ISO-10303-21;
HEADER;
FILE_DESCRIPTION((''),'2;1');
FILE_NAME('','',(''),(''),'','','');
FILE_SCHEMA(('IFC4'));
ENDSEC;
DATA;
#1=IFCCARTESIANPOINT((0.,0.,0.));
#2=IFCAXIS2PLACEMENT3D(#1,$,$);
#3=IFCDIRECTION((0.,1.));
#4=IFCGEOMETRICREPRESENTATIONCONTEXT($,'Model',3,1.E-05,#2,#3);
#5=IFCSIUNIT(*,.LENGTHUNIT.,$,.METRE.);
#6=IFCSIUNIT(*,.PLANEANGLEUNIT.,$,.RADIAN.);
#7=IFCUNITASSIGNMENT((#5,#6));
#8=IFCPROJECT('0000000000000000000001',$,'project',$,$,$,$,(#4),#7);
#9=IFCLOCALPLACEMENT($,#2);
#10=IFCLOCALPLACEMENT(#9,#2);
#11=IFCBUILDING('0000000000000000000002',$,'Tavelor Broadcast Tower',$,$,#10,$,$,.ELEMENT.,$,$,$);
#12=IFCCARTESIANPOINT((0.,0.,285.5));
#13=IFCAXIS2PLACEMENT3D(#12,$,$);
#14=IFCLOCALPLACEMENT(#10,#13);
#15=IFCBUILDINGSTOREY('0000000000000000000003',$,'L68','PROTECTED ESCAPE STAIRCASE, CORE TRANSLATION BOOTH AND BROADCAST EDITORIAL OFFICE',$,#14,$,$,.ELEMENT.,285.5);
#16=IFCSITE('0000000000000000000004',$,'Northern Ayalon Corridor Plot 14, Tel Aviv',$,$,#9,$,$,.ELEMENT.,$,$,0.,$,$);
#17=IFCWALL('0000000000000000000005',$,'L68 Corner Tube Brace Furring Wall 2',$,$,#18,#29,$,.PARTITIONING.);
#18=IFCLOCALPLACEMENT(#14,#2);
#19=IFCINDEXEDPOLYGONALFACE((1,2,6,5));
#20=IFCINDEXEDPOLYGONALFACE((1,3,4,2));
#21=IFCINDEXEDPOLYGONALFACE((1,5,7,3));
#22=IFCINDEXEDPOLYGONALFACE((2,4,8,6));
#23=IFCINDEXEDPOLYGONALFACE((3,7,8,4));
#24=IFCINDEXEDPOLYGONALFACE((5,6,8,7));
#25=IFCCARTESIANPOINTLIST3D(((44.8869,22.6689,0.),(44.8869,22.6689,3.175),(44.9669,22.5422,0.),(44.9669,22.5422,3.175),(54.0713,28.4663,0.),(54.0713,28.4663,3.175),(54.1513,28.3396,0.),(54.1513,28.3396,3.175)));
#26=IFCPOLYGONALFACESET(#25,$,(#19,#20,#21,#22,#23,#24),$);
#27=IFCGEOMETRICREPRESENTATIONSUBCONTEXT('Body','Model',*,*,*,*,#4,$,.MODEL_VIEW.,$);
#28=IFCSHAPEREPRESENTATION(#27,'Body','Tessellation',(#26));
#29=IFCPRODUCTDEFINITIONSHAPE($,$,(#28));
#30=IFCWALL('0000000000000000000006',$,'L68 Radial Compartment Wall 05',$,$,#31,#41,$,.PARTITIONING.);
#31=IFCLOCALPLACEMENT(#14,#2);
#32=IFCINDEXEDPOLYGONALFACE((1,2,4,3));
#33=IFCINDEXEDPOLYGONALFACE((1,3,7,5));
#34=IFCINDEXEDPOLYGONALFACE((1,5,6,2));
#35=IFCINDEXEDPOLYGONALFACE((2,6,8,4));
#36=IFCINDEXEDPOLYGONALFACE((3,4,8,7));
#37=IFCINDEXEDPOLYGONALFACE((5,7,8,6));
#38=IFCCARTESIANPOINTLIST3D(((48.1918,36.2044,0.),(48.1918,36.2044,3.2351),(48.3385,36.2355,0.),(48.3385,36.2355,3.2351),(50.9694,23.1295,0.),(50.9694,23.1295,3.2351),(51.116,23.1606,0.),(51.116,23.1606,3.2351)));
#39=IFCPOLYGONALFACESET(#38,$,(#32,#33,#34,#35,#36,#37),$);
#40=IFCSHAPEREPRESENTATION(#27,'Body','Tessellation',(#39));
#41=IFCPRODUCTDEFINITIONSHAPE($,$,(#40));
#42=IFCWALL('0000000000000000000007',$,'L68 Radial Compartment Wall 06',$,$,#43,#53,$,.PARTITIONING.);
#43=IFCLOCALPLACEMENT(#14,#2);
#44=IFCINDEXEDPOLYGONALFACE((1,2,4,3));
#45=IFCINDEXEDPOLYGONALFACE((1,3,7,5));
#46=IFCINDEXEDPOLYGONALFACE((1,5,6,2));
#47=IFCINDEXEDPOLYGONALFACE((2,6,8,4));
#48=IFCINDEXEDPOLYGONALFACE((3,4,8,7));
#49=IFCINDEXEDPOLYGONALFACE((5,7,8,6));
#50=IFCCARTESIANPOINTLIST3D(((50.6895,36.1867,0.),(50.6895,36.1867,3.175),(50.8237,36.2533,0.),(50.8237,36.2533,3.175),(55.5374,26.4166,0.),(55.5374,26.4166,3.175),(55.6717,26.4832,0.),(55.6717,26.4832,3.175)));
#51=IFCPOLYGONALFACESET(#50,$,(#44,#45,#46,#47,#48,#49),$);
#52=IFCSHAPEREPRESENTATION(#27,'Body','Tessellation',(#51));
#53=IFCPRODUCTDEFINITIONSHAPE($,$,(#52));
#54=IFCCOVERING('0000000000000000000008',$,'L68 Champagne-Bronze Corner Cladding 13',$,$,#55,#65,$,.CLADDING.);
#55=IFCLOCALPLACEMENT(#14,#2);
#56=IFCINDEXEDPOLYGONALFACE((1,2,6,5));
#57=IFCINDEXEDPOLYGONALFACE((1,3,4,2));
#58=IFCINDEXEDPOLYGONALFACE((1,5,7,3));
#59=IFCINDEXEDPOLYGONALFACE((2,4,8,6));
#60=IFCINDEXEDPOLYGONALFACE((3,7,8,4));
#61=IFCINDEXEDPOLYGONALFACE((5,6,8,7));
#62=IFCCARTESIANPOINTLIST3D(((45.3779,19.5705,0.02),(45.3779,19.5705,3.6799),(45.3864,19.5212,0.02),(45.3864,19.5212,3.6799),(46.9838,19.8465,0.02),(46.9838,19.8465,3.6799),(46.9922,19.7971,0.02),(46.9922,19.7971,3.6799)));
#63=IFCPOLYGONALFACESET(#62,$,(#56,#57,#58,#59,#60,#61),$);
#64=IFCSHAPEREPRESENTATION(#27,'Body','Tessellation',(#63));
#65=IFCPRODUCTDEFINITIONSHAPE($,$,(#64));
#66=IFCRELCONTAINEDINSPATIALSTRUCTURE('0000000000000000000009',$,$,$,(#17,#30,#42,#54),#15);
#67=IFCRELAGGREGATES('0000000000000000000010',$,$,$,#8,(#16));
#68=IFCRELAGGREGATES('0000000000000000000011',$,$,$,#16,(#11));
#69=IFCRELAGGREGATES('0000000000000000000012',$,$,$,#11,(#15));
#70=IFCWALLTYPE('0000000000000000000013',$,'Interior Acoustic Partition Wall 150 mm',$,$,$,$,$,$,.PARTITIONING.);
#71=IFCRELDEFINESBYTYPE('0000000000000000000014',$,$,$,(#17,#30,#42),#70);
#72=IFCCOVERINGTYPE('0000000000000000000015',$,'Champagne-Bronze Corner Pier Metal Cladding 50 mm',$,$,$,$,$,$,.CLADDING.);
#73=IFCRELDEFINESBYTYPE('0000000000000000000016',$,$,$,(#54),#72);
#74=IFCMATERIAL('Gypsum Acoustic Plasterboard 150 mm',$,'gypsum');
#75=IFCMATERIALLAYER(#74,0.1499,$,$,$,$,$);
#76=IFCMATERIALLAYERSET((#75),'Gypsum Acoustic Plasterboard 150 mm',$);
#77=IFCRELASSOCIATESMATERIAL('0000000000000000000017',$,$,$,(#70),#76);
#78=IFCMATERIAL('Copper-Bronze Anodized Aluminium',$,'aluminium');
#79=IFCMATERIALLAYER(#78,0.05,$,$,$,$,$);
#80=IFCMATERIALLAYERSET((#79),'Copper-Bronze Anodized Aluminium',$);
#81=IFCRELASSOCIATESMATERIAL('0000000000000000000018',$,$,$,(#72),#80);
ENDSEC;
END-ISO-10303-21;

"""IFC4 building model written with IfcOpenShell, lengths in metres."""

from ifc_helpers import new_model, si_unit, direction, frame, frame_2d, origin, origin_2d, place, context, subcontext, project, spatial, rectangle, extrude, material, layer, layer_set, type_object, element, save


model = new_model("IFC4")

# Units and contexts
model_context = context("Model", 3, precision=1e-05, world=origin(), true_north=direction((0.0, 1.0)))
body_context = subcontext(model_context, "Body", "Model", "MODEL_VIEW")
ifc_project = project(units=[si_unit("LENGTHUNIT", "METRE"), si_unit("PLANEANGLEUNIT", "RADIAN")], contexts=[model_context])

# Site, building, storey
site_placement = place(None, origin())
site = spatial("IfcSite", under=ifc_project, at=site_placement, Name="Northern Ayalon Corridor Plot 14, Tel Aviv", CompositionType="ELEMENT", RefElevation=0.0)
building_placement = place(site_placement, origin())
building = spatial("IfcBuilding", under=site, at=building_placement, Name="Tavelor Broadcast Tower", CompositionType="ELEMENT")
storey_placement = place(building_placement, frame((0.0, 0.0, 285.5)))
storey = spatial("IfcBuildingStorey", under=building, at=storey_placement, Name="L68", Description="PROTECTED ESCAPE STAIRCASE, CORE TRANSLATION BOOTH AND BROADCAST EDITORIAL OFFICE", CompositionType="ELEMENT", Elevation=285.5)

# Walls
ifc_material_1 = material(Name="Gypsum Acoustic Plasterboard 150 mm", Category="gypsum")
ifc_layer_1 = layer(ifc_material_1, 0.1499)
ifc_layer_set_1 = layer_set([ifc_layer_1], Name="Gypsum Acoustic Plasterboard 150 mm")
wall_type_1 = type_object("IfcWallType", Name="Interior Acoustic Partition Wall 150 mm", PredefinedType="PARTITIONING", material=ifc_layer_set_1)
wall_1_placement = place(storey_placement, frame((44.9268, 22.6055, 0.0), z_axis=(0.0, 0.0, 1.0), x_axis=(0.845625, 0.533778, 0.0)))
element("IfcWall", 1, at=wall_1_placement, inside=storey, type_object=wall_type_1, Name="L68 Corner Tube Brace Furring Wall 2", PredefinedType="PARTITIONING", context=body_context, shape_type="SweptSolid", body=[
    extrude(rectangle(XDim=10.8611, YDim=0.1499, at=frame_2d((5.4307, 0.0))), origin(), (0.0, 0.0, 1.0), 3.175),
])
wall_2_placement = place(storey_placement, frame((48.2651, 36.22, 0.0), z_axis=(0.0, 0.0, 1.0), x_axis=(0.207799, -0.978172, 0.0)))
element("IfcWall", 2, at=wall_2_placement, inside=storey, type_object=wall_type_1, Name="L68 Radial Compartment Wall 05", PredefinedType="PARTITIONING", context=body_context, shape_type="SweptSolid", body=[
    extrude(rectangle(XDim=13.3667, YDim=0.1499, at=frame_2d((6.6833, 0.0))), origin(), (0.0, 0.0, 1.0), 3.2351),
])
wall_3_placement = place(storey_placement, frame((50.7566, 36.22, 0.0), z_axis=(0.0, 0.0, 1.0), x_axis=(0.44449, -0.895784, 0.0)))
element("IfcWall", 3, at=wall_3_placement, inside=storey, type_object=wall_type_1, Name="L68 Radial Compartment Wall 06", PredefinedType="PARTITIONING", context=body_context, shape_type="SweptSolid", body=[
    extrude(rectangle(XDim=10.9067, YDim=0.1499, at=frame_2d((5.4534, 0.0))), origin(), (0.0, 0.0, 1.0), 3.175),
])

# Covering
ifc_material_2 = material(Name="Copper-Bronze Anodized Aluminium", Category="aluminium")
ifc_layer_2 = layer(ifc_material_2, 0.05)
ifc_layer_set_2 = layer_set([ifc_layer_2], Name="Copper-Bronze Anodized Aluminium")
covering_type = type_object("IfcCoveringType", Name="Champagne-Bronze Corner Pier Metal Cladding 50 mm", PredefinedType="CLADDING", material=ifc_layer_set_2)
covering_placement = place(storey_placement, frame((46.1851, 19.6838, 0.02), z_axis=(0.0, 0.0, 1.0), x_axis=(0.985556, 0.16935, 0.0)))
element("IfcCovering", 4, at=covering_placement, inside=storey, type_object=covering_type, Name="L68 Champagne-Bronze Corner Cladding 13", PredefinedType="CLADDING", context=body_context, shape_type="SweptSolid", body=[
    extrude(rectangle(XDim=1.6294, YDim=0.05, at=origin_2d()), origin(), (0.0, 0.0, 1.0), 3.6599),
])

save(model, "model.ifc")
